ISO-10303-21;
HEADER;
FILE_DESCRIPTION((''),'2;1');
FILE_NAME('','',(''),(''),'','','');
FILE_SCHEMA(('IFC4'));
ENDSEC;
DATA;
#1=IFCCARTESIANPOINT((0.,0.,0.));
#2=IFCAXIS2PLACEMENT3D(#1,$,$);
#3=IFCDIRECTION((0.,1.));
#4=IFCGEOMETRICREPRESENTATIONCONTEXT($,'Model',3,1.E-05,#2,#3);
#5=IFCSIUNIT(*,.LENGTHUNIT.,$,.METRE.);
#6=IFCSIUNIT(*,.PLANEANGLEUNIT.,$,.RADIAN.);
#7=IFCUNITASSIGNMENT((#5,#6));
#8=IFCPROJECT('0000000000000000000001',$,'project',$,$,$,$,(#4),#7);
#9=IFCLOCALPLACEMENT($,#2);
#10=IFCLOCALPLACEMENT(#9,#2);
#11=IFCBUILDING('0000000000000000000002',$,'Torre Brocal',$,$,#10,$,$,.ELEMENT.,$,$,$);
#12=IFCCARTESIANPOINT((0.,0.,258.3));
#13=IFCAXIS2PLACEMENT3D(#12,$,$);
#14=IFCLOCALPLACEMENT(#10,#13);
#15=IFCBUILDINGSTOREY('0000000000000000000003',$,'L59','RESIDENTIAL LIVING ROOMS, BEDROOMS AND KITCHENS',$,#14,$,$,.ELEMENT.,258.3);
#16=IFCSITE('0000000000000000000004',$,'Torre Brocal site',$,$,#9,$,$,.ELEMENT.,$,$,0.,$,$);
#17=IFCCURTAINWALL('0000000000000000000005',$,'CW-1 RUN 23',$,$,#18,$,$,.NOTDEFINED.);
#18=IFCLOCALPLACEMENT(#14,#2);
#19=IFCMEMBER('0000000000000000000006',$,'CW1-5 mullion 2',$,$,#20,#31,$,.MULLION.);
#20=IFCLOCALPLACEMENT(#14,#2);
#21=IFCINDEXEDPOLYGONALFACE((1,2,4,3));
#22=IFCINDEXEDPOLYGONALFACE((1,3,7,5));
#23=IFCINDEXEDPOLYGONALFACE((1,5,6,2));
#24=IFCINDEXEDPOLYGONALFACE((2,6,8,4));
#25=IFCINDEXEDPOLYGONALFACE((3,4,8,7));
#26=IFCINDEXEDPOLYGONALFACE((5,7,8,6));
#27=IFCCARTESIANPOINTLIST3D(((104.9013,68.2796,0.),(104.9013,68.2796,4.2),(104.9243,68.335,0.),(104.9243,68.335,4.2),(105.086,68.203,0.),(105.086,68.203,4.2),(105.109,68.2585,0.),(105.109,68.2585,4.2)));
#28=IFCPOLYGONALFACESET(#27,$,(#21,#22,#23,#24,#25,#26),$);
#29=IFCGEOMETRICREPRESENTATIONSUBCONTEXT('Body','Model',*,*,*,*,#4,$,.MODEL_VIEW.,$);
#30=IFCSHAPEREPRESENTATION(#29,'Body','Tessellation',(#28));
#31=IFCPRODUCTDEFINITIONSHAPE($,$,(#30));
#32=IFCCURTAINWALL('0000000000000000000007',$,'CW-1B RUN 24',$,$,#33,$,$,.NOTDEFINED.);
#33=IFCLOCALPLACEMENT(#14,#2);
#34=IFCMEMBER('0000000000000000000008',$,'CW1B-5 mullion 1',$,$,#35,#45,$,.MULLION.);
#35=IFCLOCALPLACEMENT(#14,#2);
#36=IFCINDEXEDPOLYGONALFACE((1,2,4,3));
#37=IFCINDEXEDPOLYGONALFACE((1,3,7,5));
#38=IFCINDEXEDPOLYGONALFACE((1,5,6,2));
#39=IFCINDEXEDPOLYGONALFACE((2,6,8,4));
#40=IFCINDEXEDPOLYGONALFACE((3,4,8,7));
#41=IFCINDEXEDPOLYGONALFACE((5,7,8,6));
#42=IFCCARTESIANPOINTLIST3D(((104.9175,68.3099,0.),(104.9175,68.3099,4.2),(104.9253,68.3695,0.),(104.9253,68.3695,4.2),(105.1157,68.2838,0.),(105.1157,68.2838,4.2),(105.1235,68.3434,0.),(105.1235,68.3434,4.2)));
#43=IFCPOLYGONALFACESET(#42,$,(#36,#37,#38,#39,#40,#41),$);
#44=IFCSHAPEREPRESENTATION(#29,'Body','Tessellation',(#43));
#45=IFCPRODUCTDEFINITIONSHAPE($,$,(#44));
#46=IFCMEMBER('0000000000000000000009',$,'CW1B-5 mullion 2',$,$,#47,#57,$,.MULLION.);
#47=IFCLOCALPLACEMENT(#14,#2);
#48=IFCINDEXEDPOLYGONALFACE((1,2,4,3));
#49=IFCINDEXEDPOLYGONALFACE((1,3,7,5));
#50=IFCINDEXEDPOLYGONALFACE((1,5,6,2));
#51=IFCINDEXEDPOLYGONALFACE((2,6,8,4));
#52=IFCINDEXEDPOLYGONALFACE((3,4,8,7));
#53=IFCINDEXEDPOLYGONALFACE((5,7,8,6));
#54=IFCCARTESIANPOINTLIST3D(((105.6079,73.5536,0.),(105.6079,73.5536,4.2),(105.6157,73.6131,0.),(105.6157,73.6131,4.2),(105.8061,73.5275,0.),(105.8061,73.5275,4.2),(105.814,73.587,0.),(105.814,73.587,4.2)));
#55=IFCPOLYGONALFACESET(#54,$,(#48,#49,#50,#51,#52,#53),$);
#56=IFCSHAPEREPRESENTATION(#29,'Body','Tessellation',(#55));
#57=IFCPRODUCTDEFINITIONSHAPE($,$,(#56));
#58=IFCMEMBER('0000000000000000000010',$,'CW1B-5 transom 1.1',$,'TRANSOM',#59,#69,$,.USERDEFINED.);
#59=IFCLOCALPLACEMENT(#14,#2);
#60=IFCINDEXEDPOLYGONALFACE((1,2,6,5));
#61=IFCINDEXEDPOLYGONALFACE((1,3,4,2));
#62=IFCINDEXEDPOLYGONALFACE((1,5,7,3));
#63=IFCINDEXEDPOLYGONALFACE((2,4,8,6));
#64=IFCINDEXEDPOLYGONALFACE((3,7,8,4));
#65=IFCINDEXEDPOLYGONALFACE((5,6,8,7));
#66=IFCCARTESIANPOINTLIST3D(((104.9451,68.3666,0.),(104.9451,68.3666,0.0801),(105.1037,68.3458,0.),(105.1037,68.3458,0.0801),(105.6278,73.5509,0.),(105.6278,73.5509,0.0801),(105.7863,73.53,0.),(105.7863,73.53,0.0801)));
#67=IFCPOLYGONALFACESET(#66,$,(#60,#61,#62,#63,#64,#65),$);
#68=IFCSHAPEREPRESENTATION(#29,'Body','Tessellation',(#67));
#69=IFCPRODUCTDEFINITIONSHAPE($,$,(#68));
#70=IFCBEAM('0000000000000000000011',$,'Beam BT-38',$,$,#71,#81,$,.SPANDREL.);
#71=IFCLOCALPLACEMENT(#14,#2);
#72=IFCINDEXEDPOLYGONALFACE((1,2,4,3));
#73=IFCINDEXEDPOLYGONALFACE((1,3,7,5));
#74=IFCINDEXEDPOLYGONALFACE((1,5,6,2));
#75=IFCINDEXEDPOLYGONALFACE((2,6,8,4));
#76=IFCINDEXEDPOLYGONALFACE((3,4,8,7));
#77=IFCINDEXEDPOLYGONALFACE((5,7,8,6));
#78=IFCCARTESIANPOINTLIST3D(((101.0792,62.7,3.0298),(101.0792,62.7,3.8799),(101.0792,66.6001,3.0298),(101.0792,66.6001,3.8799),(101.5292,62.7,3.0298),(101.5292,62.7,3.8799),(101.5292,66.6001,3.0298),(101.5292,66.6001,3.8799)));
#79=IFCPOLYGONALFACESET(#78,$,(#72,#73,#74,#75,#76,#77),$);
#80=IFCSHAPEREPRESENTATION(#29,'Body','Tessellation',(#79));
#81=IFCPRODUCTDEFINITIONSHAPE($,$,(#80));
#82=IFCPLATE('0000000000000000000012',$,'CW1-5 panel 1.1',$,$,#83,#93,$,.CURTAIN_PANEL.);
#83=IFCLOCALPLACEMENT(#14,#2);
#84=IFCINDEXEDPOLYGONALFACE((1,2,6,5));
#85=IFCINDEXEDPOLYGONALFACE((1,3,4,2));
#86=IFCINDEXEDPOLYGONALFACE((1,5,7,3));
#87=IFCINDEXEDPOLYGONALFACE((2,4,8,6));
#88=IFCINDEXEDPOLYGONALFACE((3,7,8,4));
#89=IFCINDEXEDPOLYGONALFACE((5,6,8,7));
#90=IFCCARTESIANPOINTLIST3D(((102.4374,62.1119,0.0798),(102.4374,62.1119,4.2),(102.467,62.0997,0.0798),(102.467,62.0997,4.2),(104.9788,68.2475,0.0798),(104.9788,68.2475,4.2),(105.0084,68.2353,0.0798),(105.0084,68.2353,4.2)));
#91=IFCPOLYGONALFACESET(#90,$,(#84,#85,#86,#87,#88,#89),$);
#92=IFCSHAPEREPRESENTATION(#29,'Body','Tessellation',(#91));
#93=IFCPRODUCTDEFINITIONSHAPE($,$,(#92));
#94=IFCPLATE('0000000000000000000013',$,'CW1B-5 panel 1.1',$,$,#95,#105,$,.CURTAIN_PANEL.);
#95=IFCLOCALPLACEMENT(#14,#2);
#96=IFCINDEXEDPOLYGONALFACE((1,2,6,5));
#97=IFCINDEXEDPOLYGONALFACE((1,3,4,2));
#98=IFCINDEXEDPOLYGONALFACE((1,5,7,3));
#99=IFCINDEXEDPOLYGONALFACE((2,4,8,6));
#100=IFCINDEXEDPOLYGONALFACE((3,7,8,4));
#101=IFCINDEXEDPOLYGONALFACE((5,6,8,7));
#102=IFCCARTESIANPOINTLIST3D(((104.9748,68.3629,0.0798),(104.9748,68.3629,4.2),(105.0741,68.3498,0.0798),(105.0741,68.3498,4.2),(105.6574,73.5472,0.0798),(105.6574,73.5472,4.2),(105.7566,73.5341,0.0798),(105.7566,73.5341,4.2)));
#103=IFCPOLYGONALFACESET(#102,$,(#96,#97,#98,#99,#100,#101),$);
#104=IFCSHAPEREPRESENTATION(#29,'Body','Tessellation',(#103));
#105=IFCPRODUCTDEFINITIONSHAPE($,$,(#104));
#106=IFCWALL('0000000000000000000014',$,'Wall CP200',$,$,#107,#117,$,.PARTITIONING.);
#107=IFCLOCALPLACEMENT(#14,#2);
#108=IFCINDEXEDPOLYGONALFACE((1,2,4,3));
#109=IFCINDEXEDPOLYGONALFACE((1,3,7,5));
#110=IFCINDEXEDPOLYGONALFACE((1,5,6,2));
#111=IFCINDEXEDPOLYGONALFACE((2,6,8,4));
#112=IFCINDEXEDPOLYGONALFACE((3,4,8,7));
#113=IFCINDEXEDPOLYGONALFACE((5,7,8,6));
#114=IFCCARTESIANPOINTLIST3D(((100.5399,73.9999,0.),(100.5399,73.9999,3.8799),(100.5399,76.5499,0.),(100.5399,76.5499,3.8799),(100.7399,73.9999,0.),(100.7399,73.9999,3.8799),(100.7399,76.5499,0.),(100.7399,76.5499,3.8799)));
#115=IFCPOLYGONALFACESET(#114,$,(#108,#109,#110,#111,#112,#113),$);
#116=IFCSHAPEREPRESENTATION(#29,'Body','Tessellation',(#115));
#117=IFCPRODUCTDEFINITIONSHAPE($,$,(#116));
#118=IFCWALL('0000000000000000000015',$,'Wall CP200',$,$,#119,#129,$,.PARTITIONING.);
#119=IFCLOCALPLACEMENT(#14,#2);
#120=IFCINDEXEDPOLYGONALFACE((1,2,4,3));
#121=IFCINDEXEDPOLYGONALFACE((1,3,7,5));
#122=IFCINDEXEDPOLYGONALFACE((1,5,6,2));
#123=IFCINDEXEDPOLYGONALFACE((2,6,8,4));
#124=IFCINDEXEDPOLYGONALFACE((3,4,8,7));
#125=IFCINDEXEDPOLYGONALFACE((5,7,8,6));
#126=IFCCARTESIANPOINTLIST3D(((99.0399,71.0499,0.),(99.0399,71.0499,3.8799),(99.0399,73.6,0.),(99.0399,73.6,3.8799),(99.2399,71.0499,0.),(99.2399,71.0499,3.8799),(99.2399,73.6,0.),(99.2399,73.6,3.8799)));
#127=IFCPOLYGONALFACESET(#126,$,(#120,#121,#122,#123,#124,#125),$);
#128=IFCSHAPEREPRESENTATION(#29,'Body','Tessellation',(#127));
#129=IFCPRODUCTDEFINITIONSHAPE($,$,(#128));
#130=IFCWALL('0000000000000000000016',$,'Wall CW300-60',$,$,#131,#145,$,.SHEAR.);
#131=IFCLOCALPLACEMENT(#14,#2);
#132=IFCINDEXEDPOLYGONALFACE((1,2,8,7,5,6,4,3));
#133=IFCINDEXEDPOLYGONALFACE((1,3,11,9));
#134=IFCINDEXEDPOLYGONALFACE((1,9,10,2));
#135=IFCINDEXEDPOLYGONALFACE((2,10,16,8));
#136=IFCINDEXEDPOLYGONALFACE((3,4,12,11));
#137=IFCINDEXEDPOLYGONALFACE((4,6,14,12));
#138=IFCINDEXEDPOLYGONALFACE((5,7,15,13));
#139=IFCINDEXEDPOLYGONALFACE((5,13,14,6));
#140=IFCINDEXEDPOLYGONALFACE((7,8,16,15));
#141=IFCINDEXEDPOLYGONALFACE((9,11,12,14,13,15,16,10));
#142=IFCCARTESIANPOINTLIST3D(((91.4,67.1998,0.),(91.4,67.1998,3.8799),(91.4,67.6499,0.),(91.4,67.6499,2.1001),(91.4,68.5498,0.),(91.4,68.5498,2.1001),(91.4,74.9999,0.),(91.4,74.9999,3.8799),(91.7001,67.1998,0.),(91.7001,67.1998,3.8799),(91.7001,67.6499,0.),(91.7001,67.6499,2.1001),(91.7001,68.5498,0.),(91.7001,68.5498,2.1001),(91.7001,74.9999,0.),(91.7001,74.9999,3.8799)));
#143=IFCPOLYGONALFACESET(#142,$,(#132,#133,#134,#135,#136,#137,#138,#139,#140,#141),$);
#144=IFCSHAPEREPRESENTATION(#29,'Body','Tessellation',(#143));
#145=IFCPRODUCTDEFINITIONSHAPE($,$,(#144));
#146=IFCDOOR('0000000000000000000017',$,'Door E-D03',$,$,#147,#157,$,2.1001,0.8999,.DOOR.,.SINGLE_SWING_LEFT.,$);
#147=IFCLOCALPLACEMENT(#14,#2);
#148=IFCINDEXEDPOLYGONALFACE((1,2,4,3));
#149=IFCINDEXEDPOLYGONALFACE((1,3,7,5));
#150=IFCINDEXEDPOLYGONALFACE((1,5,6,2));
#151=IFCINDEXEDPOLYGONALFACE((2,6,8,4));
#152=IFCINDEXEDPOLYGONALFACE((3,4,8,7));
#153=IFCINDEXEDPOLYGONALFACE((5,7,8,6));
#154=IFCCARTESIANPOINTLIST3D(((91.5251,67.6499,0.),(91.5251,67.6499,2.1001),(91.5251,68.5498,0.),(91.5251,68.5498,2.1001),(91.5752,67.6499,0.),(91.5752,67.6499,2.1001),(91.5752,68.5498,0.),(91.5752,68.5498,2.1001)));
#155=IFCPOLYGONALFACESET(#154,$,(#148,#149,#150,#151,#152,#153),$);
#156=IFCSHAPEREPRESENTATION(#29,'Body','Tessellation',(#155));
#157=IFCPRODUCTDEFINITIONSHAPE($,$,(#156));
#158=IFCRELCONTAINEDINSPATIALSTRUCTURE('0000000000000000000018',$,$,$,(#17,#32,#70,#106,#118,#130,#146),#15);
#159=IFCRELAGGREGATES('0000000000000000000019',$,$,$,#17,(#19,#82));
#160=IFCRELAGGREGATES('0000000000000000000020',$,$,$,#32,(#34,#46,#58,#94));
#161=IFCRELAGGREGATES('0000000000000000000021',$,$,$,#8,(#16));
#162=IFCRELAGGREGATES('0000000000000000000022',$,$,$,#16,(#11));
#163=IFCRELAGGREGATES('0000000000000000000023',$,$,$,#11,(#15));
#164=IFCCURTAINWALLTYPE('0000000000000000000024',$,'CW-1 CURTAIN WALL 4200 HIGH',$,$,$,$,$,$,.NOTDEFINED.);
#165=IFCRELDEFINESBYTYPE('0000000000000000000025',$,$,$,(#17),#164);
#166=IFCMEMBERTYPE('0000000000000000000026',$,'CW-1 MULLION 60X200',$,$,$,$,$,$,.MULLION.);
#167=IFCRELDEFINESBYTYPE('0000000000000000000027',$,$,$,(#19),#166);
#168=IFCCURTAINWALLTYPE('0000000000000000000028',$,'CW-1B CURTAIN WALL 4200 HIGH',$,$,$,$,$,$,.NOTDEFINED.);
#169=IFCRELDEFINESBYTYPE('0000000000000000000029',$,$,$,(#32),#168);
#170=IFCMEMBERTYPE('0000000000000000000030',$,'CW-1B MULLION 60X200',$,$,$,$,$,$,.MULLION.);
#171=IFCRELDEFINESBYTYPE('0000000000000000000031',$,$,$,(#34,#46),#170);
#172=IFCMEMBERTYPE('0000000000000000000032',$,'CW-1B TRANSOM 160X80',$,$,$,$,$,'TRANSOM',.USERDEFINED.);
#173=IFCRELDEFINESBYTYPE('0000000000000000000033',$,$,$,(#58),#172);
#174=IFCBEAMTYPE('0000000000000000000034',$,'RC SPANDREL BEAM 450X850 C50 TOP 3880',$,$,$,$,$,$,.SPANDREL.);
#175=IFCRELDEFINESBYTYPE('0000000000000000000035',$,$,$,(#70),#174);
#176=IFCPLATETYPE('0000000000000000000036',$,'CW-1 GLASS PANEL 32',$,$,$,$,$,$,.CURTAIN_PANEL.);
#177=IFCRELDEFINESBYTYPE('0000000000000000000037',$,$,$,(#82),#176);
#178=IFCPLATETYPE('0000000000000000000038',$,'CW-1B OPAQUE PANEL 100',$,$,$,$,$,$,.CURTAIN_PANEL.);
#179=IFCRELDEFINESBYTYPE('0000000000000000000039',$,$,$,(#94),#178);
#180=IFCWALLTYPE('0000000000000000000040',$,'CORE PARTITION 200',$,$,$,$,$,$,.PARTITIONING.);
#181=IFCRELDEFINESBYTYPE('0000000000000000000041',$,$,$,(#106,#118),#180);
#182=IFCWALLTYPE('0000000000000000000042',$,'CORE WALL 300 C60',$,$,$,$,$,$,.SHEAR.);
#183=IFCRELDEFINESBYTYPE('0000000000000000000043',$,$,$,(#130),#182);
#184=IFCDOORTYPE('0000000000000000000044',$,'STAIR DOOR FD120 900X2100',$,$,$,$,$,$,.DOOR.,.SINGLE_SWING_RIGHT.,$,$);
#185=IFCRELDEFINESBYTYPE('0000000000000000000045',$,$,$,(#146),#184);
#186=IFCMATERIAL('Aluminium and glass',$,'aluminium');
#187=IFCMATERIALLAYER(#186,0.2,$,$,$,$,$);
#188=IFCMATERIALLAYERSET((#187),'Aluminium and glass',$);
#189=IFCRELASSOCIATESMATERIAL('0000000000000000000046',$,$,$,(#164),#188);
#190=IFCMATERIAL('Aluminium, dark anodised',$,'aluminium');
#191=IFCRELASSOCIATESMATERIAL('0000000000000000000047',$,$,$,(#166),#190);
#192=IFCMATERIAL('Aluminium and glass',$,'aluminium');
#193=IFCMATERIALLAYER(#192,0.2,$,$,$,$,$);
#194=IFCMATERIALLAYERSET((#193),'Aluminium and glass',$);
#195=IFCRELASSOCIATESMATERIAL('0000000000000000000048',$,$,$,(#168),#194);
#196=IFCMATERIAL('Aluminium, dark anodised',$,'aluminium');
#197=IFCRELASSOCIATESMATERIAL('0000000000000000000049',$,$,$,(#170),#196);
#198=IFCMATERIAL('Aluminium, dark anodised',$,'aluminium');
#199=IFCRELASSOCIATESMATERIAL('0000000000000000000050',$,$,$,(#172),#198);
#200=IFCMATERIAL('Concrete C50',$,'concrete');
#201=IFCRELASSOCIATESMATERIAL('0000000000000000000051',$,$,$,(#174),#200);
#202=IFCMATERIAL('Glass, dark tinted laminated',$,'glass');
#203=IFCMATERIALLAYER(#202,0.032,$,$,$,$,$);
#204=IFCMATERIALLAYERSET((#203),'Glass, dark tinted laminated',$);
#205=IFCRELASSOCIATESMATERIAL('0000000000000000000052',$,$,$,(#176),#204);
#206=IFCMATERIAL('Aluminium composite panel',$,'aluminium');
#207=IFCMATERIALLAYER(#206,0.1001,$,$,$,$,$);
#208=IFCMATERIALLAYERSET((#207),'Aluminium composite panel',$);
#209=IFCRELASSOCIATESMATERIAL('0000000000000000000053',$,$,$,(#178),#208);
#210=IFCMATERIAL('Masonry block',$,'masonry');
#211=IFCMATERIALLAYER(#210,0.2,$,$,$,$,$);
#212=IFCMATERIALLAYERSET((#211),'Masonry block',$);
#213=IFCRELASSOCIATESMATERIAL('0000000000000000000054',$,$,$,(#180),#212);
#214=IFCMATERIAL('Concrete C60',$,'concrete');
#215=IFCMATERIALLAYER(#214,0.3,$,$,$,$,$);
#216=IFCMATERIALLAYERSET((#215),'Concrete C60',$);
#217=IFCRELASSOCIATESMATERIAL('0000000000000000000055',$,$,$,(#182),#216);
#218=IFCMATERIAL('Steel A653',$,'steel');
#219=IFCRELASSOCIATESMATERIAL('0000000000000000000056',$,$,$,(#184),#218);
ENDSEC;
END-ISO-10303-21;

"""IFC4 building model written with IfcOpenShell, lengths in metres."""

from ifc_helpers import new_model, si_unit, direction, frame, frame_2d, origin, origin_2d, place, context, subcontext, project, spatial, rectangle, extrude, material, layer, layer_set, material_profile, profile_set, type_object, element, fill, aggregate, save


model = new_model("IFC4")

# Units and contexts
model_context = context("Model", 3, precision=1e-05, world=origin(), true_north=direction((0.0, 1.0)))
body_context = subcontext(model_context, "Body", "Model", "MODEL_VIEW")
ifc_project = project(units=[si_unit("LENGTHUNIT", "METRE"), si_unit("PLANEANGLEUNIT", "RADIAN")], contexts=[model_context])

# Site, building, storey
site_placement = place(None, origin())
site = spatial("IfcSite", under=ifc_project, at=site_placement, Name="Torre Brocal site", CompositionType="ELEMENT", RefElevation=0.0)
building_placement = place(site_placement, origin())
building = spatial("IfcBuilding", under=site, at=building_placement, Name="Torre Brocal", CompositionType="ELEMENT")
storey_placement = place(building_placement, frame((0.0, 0.0, 258.3)))
storey = spatial("IfcBuildingStorey", under=building, at=storey_placement, Name="L59", Description="RESIDENTIAL LIVING ROOMS, BEDROOMS AND KITCHENS", CompositionType="ELEMENT", Elevation=258.3)

# Curtain wall, member
ifc_material_1 = material(Name="Aluminium and glass", Category="aluminium")
ifc_layer_1 = layer(ifc_material_1, 0.2)
ifc_layer_set_1 = layer_set([ifc_layer_1], Name="Aluminium and glass")
curtain_wall_type_1 = type_object("IfcCurtainWallType", Name="CW-1 CURTAIN WALL 4200 HIGH", PredefinedType="NOTDEFINED", material=ifc_layer_set_1)
curtain_wall_1_placement = place(storey_placement, origin())
curtain_wall_1 = element("IfcCurtainWall", 1, at=curtain_wall_1_placement, inside=storey, type_object=curtain_wall_type_1, Name="CW-1 RUN 23", PredefinedType="NOTDEFINED")
ifc_material_2 = material(Name="Aluminium, dark anodised", Category="aluminium")
ifc_material_profile_1 = material_profile(ifc_material_2, rectangle(XDim=0.2, YDim=0.0601, at=origin_2d()), Name="CW-1 MULLION 60X200")
ifc_profile_set_1 = profile_set([ifc_material_profile_1], Name="Aluminium, dark anodised")
member_type_1 = type_object("IfcMemberType", Name="CW-1 MULLION 60X200", PredefinedType="MULLION", material=ifc_profile_set_1)
member_1_placement = place(storey_placement, frame((105.0051, 68.269, 0.0), z_axis=(0.0, 0.0, 1.0), x_axis=(-0.92388, 0.382683, 0.0)))
member_1 = element("IfcMember", 2, at=member_1_placement, type_object=member_type_1, Name="CW1-5 mullion 2", PredefinedType="MULLION", context=body_context, shape_type="SweptSolid", body=[
    extrude(rectangle(XDim=0.2, YDim=0.0601, at=origin_2d()), origin(), (0.0, 0.0, 1.0), 4.2),
])

# Curtain wall, members
ifc_material_3 = material(Name="Aluminium and glass", Category="aluminium")
ifc_layer_2 = layer(ifc_material_3, 0.2)
ifc_layer_set_2 = layer_set([ifc_layer_2], Name="Aluminium and glass")
curtain_wall_type_2 = type_object("IfcCurtainWallType", Name="CW-1B CURTAIN WALL 4200 HIGH", PredefinedType="NOTDEFINED", material=ifc_layer_set_2)
curtain_wall_2_placement = place(storey_placement, origin())
curtain_wall_2 = element("IfcCurtainWall", 3, at=curtain_wall_2_placement, inside=storey, type_object=curtain_wall_type_2, Name="CW-1B RUN 24", PredefinedType="NOTDEFINED")
ifc_material_4 = material(Name="Aluminium, dark anodised", Category="aluminium")
ifc_material_profile_2 = material_profile(ifc_material_4, rectangle(XDim=0.2, YDim=0.0601, at=origin_2d()), Name="CW-1B MULLION 60X200")
ifc_profile_set_2 = profile_set([ifc_material_profile_2], Name="Aluminium, dark anodised")
member_type_2 = type_object("IfcMemberType", Name="CW-1B MULLION 60X200", PredefinedType="MULLION", material=ifc_profile_set_2)
member_2_placement = place(storey_placement, frame((105.0205, 68.3267, 0.0), z_axis=(0.0, 0.0, 1.0), x_axis=(-0.991445, 0.130526, 0.0)))
member_2 = element("IfcMember", 4, at=member_2_placement, type_object=member_type_2, Name="CW1B-5 mullion 1", PredefinedType="MULLION", context=body_context, shape_type="SweptSolid", body=[
    extrude(rectangle(XDim=0.2, YDim=0.0601, at=origin_2d()), origin(), (0.0, 0.0, 1.0), 4.2),
])
member_3_placement = place(storey_placement, frame((105.7109, 73.5703, 0.0), z_axis=(0.0, 0.0, 1.0), x_axis=(-0.991445, 0.130526, 0.0)))
member_3 = element("IfcMember", 5, at=member_3_placement, type_object=member_type_2, Name="CW1B-5 mullion 2", PredefinedType="MULLION", context=body_context, shape_type="SweptSolid", body=[
    extrude(rectangle(XDim=0.2, YDim=0.0601, at=origin_2d()), origin(), (0.0, 0.0, 1.0), 4.2),
])
ifc_material_5 = material(Name="Aluminium, dark anodised", Category="aluminium")
ifc_material_profile_3 = material_profile(ifc_material_5, rectangle(XDim=0.1599, YDim=0.0801, at=origin_2d()), Name="CW-1B TRANSOM 160X80")
ifc_profile_set_3 = profile_set([ifc_material_profile_3], Name="Aluminium, dark anodised")
member_type_3 = type_object("IfcMemberType", Name="CW-1B TRANSOM 160X80", ElementType="TRANSOM", PredefinedType="USERDEFINED", material=ifc_profile_set_3)
member_4_placement = place(storey_placement, frame((105.0244, 68.3562, 0.04), z_axis=(0.130543, 0.991443, 0.0), x_axis=(-0.991443, 0.130543, 0.0)))
member_4 = element("IfcMember", 6, at=member_4_placement, type_object=member_type_3, Name="CW1B-5 transom 1.1", ObjectType="TRANSOM", PredefinedType="USERDEFINED", context=body_context, shape_type="SweptSolid", body=[
    extrude(rectangle(XDim=0.1599, YDim=0.0801, at=origin_2d()), origin(), (0.0, 0.0, 1.0), 5.229),
])

# Beam
ifc_material_6 = material(Name="Concrete C50", Category="concrete")
ifc_material_profile_4 = material_profile(ifc_material_6, rectangle(XDim=0.45, YDim=0.8501, at=origin_2d()), Name="RC 450X850")
ifc_profile_set_4 = profile_set([ifc_material_profile_4], Name="Concrete C50")
beam_type = type_object("IfcBeamType", Name="RC SPANDREL BEAM 450X850 C50 TOP 3880", PredefinedType="SPANDREL", material=ifc_profile_set_4)
beam_placement = place(storey_placement, frame((101.3042, 62.7, 3.4548), z_axis=(0.0, 1.0, 0.0), x_axis=(-1.0, 0.0, 0.0)))
element("IfcBeam", 7, at=beam_placement, inside=storey, type_object=beam_type, Name="Beam BT-38", PredefinedType="SPANDREL", context=body_context, shape_type="SweptSolid", body=[
    extrude(rectangle(XDim=0.45, YDim=0.8501, at=origin_2d()), origin(), (0.0, 0.0, 1.0), 3.9001),
])

# Plates
ifc_material_7 = material(Name="Glass, dark tinted laminated", Category="glass")
ifc_layer_3 = layer(ifc_material_7, 0.032)
ifc_layer_set_3 = layer_set([ifc_layer_3], Name="Glass, dark tinted laminated")
plate_type_1 = type_object("IfcPlateType", Name="CW-1 GLASS PANEL 32", PredefinedType="CURTAIN_PANEL", material=ifc_layer_set_3)
plate_1_placement = place(storey_placement, frame((103.7229, 65.1736, 0.0798), z_axis=(0.0, 0.0, 1.0), x_axis=(0.382683, 0.92388, 0.0)))
plate_1 = element("IfcPlate", 8, at=plate_1_placement, type_object=plate_type_1, Name="CW1-5 panel 1.1", PredefinedType="CURTAIN_PANEL", context=body_context, shape_type="SweptSolid", body=[
    extrude(rectangle(XDim=6.6411, YDim=0.032, at=origin_2d()), origin(), (0.0, 0.0, 1.0), 4.1201),
])
aggregate(curtain_wall_1, [member_1, plate_1])
ifc_material_8 = material(Name="Aluminium composite panel", Category="aluminium")
ifc_layer_4 = layer(ifc_material_8, 0.1001)
ifc_layer_set_4 = layer_set([ifc_layer_4], Name="Aluminium composite panel")
plate_type_2 = type_object("IfcPlateType", Name="CW-1B OPAQUE PANEL 100", PredefinedType="CURTAIN_PANEL", material=ifc_layer_set_4)
plate_2_placement = place(storey_placement, frame((105.3657, 70.9485, 0.0798), z_axis=(0.0, 0.0, 1.0), x_axis=(0.130526, 0.991445, 0.0)))
plate_2 = element("IfcPlate", 9, at=plate_2_placement, type_object=plate_type_2, Name="CW1B-5 panel 1.1", PredefinedType="CURTAIN_PANEL", context=body_context, shape_type="SweptSolid", body=[
    extrude(rectangle(XDim=5.229, YDim=0.1001, at=origin_2d()), origin(), (0.0, 0.0, 1.0), 4.1201),
])
aggregate(curtain_wall_2, [member_2, member_3, member_4, plate_2])

# Walls
ifc_material_9 = material(Name="Masonry block", Category="masonry")
ifc_layer_5 = layer(ifc_material_9, 0.2)
ifc_layer_set_5 = layer_set([ifc_layer_5], Name="Masonry block")
wall_type_1 = type_object("IfcWallType", Name="CORE PARTITION 200", PredefinedType="PARTITIONING", material=ifc_layer_set_5)
for number, where, z_axis, x_axis, name in (
    (10, (100.6399, 74.0, 0.0), (0.0, 0.0, 1.0), (0.0, 1.0, 0.0), "Wall CP200"),
    (11, (99.1399, 71.05, 0.0), (0.0, 0.0, 1.0), (0.0, 1.0, 0.0), "Wall CP200"),
):
    element("IfcWall", number, at=place(storey_placement, frame(where, z_axis=z_axis, x_axis=x_axis)), inside=storey, type_object=wall_type_1, Name=name, PredefinedType="PARTITIONING", context=body_context, shape_type="SweptSolid", body=[
        extrude(rectangle(XDim=2.55, YDim=0.2, at=frame_2d((1.2749, 0.0))), origin(), (0.0, 0.0, 1.0), 3.8799),
    ])

# Wall, opening, door
ifc_material_10 = material(Name="Concrete C60", Category="concrete")
ifc_layer_6 = layer(ifc_material_10, 0.3)
ifc_layer_set_6 = layer_set([ifc_layer_6], Name="Concrete C60")
wall_type_2 = type_object("IfcWallType", Name="CORE WALL 300 C60", PredefinedType="SHEAR", material=ifc_layer_set_6)
wall_1_placement = place(storey_placement, frame((91.55, 67.2, 0.0), z_axis=(0.0, 0.0, 1.0), x_axis=(0.0, 1.0, 0.0)))
wall_1 = element("IfcWall", 12, at=wall_1_placement, inside=storey, type_object=wall_type_2, Name="Wall CW300-60", PredefinedType="SHEAR", context=body_context, shape_type="SweptSolid", body=[
    extrude(rectangle(XDim=7.8, YDim=0.3, at=frame_2d((3.8999, 0.0))), origin(), (0.0, 0.0, 1.0), 3.8799),
])
opening_1_placement = place(wall_1_placement, frame((0.45, 0.0, 0.0)))
opening_1 = element("IfcOpeningElement", 13, at=opening_1_placement, cuts=wall_1, PredefinedType="OPENING", context=body_context, shape_type="SweptSolid", body=[
    extrude(rectangle(XDim=0.8999, YDim=2.1001, at=frame_2d((0.45, 1.05))), frame((0.0, 0.1599, 0.0), z_axis=(0.0, -1.0, 0.0), x_axis=(1.0, 0.0, 0.0)), (0.0, 0.0, 1.0), 0.3201),
])
ifc_material_11 = material(Name="Steel A653", Category="steel")
door_type_1 = type_object("IfcDoorType", Name="STAIR DOOR FD120 900X2100", OperationType="SINGLE_SWING_RIGHT", PredefinedType="DOOR", material=ifc_material_11)
door_1_placement = place(opening_1_placement, origin())
door_1 = element("IfcDoor", 14, at=door_1_placement, inside=storey, type_object=door_type_1, Name="Door E-D03", OperationType="SINGLE_SWING_LEFT", OverallHeight=2.1001, OverallWidth=0.8999, PredefinedType="DOOR", context=body_context, shape_type="SweptSolid", body=[
    extrude(rectangle(XDim=0.8999, YDim=2.1001, at=frame_2d((0.45, 1.05))), frame((0.0, 0.0249, 0.0), z_axis=(0.0, -1.0, 0.0), x_axis=(1.0, 0.0, 0.0)), (0.0, 0.0, 1.0), 0.05),
])
fill(opening_1, door_1)

save(model, "model.ifc")
